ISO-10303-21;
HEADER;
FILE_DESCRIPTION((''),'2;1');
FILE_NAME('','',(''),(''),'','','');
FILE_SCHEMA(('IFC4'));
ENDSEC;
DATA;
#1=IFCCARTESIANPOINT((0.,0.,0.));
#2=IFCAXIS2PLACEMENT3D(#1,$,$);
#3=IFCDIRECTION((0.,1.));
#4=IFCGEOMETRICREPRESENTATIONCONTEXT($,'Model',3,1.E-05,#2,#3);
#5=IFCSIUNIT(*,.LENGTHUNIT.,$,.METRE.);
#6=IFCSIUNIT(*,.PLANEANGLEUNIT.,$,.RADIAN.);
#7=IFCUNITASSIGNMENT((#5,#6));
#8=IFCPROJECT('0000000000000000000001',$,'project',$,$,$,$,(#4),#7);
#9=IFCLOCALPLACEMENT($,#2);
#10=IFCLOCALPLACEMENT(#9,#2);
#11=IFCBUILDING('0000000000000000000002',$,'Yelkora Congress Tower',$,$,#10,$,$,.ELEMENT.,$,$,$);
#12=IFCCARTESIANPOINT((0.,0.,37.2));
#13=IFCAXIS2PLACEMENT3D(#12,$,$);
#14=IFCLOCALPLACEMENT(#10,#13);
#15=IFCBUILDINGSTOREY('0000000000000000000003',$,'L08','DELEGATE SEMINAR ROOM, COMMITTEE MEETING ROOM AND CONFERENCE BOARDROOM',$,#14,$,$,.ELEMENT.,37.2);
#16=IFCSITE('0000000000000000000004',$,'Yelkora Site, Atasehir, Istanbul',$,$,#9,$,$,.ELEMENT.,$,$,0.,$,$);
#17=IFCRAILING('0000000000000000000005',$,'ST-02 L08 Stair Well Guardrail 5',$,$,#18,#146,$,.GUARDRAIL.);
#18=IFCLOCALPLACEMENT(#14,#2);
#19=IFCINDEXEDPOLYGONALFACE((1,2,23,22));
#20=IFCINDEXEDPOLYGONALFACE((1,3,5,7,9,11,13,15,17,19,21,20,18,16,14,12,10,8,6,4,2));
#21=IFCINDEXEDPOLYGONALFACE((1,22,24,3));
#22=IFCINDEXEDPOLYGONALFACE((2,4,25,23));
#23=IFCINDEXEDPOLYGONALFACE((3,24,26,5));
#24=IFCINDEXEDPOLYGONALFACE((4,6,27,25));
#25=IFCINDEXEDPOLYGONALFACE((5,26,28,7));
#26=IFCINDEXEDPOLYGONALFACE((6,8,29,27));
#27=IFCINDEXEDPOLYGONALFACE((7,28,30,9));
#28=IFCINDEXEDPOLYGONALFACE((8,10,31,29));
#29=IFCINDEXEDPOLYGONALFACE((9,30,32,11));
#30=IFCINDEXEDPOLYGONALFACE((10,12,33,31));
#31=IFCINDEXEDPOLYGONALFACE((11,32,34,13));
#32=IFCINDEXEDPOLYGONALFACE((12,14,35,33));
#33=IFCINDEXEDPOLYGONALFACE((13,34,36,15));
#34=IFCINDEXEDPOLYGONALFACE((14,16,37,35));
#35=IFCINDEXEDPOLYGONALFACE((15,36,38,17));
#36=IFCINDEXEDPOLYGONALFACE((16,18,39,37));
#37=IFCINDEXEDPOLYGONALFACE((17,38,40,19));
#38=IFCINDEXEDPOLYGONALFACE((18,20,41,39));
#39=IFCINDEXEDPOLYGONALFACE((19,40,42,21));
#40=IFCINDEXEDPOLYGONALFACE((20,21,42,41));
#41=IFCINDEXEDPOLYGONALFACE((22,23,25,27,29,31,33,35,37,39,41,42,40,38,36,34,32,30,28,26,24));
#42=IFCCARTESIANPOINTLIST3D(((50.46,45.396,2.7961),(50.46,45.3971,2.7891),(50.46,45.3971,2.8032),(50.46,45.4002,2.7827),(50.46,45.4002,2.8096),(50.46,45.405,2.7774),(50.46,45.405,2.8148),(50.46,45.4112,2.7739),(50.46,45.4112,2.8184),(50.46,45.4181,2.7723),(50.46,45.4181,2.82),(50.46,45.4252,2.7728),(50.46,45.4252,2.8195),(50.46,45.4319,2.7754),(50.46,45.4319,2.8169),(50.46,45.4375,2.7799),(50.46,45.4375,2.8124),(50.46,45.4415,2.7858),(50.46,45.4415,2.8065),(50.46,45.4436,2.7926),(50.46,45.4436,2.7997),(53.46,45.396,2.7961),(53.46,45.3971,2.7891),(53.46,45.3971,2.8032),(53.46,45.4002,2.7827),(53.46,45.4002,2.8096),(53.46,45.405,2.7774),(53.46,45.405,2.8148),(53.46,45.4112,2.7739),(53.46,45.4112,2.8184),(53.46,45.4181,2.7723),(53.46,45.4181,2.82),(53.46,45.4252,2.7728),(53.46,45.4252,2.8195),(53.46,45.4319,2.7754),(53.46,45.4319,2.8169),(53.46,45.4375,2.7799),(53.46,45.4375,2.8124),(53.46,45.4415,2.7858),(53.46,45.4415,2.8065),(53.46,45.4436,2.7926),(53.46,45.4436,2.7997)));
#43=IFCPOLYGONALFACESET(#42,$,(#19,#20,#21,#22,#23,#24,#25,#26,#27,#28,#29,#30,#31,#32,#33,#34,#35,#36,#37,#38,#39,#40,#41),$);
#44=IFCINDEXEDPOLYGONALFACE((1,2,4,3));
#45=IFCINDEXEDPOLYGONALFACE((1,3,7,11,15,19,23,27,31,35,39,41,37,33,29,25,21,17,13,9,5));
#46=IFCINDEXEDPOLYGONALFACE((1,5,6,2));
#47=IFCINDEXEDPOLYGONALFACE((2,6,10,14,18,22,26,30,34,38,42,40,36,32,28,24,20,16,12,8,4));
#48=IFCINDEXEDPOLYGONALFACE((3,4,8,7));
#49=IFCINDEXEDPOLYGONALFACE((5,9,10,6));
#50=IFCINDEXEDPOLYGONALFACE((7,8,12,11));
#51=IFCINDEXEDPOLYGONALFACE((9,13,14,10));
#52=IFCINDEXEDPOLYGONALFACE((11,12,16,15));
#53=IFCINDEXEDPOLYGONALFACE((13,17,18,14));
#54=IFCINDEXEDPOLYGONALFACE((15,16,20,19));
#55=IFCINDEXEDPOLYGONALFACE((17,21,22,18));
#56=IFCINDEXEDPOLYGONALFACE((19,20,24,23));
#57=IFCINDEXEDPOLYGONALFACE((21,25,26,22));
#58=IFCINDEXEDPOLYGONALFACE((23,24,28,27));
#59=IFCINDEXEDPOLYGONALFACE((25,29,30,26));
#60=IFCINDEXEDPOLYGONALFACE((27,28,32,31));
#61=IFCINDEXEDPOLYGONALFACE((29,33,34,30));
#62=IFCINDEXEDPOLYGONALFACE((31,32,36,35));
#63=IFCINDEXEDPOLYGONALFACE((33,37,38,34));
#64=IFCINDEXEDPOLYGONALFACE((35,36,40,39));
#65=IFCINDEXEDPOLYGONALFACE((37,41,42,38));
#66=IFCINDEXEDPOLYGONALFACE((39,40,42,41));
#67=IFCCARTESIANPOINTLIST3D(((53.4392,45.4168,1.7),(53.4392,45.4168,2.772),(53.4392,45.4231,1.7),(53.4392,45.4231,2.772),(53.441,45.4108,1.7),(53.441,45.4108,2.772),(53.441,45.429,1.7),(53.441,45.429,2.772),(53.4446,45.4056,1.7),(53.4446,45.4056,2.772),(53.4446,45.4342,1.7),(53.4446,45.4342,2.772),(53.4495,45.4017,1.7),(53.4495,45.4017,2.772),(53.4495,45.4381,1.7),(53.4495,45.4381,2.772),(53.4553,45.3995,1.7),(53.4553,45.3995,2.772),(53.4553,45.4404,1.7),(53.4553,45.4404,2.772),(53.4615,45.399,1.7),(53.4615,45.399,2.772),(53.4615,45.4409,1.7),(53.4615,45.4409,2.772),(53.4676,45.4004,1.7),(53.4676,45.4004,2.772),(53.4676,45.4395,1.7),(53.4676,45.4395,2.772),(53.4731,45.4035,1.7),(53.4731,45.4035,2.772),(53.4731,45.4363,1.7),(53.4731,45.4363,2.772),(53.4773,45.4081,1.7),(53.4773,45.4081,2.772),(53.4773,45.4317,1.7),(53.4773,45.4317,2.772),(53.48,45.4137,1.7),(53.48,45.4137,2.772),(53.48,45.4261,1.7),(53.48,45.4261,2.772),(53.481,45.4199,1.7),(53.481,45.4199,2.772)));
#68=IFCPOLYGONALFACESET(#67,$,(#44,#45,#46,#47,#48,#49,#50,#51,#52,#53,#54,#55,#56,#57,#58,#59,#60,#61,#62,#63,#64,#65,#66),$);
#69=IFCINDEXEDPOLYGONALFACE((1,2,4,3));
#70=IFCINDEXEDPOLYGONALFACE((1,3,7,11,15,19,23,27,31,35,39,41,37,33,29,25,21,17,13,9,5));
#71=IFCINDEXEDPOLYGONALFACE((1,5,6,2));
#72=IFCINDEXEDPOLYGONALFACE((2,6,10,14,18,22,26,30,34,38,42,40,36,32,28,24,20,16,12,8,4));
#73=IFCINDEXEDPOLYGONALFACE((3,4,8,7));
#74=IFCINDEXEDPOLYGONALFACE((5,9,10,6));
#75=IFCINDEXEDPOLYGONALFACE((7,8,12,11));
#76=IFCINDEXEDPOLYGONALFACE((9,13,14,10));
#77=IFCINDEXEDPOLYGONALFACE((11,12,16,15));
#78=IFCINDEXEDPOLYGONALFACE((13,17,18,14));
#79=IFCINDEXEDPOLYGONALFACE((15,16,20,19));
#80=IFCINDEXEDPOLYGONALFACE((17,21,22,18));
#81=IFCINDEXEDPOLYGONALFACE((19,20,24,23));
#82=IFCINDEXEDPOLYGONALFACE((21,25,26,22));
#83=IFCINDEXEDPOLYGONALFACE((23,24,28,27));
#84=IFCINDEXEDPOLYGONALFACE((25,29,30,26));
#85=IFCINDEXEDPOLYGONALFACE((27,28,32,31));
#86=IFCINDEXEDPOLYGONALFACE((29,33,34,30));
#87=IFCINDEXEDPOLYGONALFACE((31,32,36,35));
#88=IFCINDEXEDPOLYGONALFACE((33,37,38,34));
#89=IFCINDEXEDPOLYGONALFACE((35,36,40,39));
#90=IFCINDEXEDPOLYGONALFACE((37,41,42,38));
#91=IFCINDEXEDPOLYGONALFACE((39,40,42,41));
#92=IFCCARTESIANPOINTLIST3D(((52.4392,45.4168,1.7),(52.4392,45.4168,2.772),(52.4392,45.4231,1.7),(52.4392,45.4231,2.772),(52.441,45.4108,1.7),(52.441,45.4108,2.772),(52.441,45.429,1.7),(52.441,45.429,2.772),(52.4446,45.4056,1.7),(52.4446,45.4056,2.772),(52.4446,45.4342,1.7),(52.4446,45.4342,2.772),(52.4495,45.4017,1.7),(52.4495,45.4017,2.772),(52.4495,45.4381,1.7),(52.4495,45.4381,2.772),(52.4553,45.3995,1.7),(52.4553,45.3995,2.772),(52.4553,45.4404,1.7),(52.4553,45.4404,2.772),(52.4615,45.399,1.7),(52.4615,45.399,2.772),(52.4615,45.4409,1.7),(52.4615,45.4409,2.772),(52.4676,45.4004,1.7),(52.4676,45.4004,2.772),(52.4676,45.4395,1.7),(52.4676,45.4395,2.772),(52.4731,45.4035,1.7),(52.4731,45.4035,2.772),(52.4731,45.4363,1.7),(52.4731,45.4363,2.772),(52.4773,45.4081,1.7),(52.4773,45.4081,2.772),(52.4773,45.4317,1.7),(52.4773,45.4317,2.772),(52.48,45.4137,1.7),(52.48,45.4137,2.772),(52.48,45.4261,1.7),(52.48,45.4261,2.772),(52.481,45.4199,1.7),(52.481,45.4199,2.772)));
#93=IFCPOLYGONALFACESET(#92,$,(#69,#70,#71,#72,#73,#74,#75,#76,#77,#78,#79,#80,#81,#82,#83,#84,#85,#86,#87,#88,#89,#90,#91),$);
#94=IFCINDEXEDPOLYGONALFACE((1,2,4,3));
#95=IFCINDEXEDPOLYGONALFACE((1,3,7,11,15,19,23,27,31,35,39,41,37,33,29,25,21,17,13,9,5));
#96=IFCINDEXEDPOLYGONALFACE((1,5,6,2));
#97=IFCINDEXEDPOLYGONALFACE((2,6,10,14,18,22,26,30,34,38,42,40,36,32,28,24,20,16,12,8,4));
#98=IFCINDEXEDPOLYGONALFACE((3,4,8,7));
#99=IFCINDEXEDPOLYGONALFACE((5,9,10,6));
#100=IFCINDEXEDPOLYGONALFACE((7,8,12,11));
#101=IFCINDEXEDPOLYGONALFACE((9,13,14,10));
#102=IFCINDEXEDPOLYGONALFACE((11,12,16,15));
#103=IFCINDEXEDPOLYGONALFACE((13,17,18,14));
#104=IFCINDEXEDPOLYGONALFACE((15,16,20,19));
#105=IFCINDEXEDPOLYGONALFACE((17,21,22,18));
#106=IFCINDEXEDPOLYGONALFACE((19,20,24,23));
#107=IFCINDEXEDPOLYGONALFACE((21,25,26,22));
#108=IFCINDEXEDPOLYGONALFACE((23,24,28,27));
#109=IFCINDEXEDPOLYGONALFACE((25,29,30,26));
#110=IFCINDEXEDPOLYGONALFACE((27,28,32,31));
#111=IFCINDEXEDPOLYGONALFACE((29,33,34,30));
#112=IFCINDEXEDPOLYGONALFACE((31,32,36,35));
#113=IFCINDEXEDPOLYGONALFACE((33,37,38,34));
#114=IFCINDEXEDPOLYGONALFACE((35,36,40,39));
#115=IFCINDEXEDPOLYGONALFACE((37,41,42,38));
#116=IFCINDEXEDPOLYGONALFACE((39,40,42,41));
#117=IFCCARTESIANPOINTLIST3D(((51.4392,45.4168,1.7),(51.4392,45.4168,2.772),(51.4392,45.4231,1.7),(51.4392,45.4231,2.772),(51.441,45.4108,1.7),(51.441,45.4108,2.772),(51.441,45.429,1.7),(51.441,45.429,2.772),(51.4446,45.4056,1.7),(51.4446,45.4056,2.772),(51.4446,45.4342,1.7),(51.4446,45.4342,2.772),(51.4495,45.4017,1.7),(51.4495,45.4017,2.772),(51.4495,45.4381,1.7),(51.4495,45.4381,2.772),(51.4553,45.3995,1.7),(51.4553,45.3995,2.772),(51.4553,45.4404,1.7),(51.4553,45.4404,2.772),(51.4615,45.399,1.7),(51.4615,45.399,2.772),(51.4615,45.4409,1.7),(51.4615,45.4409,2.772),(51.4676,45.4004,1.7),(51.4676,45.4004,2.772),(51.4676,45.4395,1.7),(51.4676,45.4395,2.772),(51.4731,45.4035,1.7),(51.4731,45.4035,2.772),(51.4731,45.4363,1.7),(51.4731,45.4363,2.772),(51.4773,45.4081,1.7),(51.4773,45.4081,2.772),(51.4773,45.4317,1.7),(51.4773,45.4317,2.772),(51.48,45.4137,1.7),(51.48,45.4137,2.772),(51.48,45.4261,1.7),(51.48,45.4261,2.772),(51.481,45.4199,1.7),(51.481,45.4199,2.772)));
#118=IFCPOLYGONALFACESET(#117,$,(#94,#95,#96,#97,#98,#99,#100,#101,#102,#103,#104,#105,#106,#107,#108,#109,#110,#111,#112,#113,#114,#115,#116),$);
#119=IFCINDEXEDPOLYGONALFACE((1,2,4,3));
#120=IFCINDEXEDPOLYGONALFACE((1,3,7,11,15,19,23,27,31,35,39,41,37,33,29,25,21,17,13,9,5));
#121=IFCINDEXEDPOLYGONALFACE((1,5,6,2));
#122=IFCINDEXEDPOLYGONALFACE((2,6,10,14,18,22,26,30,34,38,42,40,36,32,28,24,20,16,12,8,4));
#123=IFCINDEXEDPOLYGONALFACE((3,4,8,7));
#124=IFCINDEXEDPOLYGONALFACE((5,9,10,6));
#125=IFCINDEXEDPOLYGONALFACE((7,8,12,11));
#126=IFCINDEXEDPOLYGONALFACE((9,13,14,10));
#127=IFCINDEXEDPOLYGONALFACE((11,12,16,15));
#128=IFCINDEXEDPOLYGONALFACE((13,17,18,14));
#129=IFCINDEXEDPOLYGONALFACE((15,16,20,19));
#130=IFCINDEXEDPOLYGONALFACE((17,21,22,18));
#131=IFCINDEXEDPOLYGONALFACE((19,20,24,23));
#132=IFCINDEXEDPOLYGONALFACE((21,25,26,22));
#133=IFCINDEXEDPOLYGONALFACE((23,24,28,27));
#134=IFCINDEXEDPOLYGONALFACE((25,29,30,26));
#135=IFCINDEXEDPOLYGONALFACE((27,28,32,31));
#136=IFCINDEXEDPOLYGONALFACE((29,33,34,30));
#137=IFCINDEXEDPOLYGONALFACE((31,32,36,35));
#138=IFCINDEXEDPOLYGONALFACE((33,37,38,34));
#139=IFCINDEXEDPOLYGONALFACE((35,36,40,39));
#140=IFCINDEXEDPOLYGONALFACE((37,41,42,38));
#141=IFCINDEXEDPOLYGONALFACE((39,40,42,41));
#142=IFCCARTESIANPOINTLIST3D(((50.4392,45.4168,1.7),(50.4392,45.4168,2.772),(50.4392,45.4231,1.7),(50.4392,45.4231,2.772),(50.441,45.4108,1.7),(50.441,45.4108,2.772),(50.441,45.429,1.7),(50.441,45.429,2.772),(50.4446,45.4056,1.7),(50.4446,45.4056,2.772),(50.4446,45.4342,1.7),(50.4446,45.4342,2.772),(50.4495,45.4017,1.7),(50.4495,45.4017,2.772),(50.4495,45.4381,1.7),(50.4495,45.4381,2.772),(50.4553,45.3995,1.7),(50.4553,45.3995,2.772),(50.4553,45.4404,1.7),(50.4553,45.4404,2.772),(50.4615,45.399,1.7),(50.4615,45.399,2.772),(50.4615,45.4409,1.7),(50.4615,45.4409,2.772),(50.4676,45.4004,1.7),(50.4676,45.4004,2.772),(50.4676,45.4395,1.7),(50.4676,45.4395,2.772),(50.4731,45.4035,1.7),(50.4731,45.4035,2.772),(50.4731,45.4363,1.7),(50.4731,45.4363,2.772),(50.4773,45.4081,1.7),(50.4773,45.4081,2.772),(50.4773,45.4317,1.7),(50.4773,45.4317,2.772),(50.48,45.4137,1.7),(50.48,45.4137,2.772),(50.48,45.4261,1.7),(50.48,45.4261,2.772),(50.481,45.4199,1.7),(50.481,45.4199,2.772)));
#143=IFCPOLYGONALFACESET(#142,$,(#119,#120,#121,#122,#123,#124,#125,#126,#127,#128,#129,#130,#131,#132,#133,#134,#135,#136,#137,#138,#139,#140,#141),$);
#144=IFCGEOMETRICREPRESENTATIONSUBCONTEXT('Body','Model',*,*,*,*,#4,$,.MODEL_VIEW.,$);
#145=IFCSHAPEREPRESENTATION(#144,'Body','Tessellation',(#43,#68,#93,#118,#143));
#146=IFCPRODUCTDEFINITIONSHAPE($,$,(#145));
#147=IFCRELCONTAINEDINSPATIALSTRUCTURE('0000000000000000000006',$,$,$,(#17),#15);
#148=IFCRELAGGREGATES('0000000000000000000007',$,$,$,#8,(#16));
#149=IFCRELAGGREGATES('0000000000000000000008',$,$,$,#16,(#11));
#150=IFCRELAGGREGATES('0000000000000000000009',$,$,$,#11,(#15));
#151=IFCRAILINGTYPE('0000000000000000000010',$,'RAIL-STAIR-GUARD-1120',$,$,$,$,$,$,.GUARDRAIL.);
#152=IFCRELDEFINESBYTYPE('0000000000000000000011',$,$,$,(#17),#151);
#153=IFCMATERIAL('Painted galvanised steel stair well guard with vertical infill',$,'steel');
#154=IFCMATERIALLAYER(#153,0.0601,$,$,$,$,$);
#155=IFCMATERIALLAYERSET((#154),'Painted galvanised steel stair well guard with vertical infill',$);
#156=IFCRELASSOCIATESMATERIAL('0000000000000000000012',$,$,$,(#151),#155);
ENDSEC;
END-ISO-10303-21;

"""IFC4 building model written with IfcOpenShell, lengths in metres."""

from ifc_helpers import new_model, si_unit, direction, frame, origin, origin_2d, place, context, subcontext, project, spatial, circle, extrude, material, layer, layer_set, type_object, element, save


model = new_model("IFC4")

# Units and contexts
model_context = context("Model", 3, precision=1e-05, world=origin(), true_north=direction((0.0, 1.0)))
body_context = subcontext(model_context, "Body", "Model", "MODEL_VIEW")
ifc_project = project(units=[si_unit("LENGTHUNIT", "METRE"), si_unit("PLANEANGLEUNIT", "RADIAN")], contexts=[model_context])

# Site, building, storey
site_placement = place(None, origin())
site = spatial("IfcSite", under=ifc_project, at=site_placement, Name="Yelkora Site, Atasehir, Istanbul", CompositionType="ELEMENT", RefElevation=0.0)
building_placement = place(site_placement, origin())
building = spatial("IfcBuilding", under=site, at=building_placement, Name="Yelkora Congress Tower", CompositionType="ELEMENT")
storey_placement = place(building_placement, frame((0.0, 0.0, 37.2)))
storey = spatial("IfcBuildingStorey", under=building, at=storey_placement, Name="L08", Description="DELEGATE SEMINAR ROOM, COMMITTEE MEETING ROOM AND CONFERENCE BOARDROOM", CompositionType="ELEMENT", Elevation=37.2)

# Railing
ifc_material_1 = material(Name="Painted galvanised steel stair well guard with vertical infill", Category="steel")
ifc_layer_1 = layer(ifc_material_1, 0.0601)
ifc_layer_set_1 = layer_set([ifc_layer_1], Name="Painted galvanised steel stair well guard with vertical infill")
railing_type_1 = type_object("IfcRailingType", Name="RAIL-STAIR-GUARD-1120", PredefinedType="GUARDRAIL", material=ifc_layer_set_1)
railing_1_placement = place(storey_placement, frame((53.46, 45.4199, 1.7)))
element("IfcRailing", 1, at=railing_1_placement, inside=storey, type_object=railing_type_1, Name="ST-02 L08 Stair Well Guardrail 5", PredefinedType="GUARDRAIL", context=body_context, shape_type="SweptSolid", body=[
    extrude(circle(Radius=0.0239, at=origin_2d()), frame((0.0, 0.0, 1.0962), z_axis=(-1.0, 0.0, 0.0), x_axis=(0.0, -1.0, 0.0)), (0.0, 0.0, 1.0), 3.0),
    extrude(circle(Radius=0.021, at=origin_2d()), origin(), (0.0, 0.0, 1.0), 1.072),
    extrude(circle(Radius=0.021, at=origin_2d()), frame((-1.0, 0.0, 0.0)), (0.0, 0.0, 1.0), 1.072),
    extrude(circle(Radius=0.021, at=origin_2d()), frame((-2.0, 0.0, 0.0)), (0.0, 0.0, 1.0), 1.072),
    extrude(circle(Radius=0.021, at=origin_2d()), frame((-3.0, 0.0, 0.0)), (0.0, 0.0, 1.0), 1.072),
])

save(model, "model.ifc")
